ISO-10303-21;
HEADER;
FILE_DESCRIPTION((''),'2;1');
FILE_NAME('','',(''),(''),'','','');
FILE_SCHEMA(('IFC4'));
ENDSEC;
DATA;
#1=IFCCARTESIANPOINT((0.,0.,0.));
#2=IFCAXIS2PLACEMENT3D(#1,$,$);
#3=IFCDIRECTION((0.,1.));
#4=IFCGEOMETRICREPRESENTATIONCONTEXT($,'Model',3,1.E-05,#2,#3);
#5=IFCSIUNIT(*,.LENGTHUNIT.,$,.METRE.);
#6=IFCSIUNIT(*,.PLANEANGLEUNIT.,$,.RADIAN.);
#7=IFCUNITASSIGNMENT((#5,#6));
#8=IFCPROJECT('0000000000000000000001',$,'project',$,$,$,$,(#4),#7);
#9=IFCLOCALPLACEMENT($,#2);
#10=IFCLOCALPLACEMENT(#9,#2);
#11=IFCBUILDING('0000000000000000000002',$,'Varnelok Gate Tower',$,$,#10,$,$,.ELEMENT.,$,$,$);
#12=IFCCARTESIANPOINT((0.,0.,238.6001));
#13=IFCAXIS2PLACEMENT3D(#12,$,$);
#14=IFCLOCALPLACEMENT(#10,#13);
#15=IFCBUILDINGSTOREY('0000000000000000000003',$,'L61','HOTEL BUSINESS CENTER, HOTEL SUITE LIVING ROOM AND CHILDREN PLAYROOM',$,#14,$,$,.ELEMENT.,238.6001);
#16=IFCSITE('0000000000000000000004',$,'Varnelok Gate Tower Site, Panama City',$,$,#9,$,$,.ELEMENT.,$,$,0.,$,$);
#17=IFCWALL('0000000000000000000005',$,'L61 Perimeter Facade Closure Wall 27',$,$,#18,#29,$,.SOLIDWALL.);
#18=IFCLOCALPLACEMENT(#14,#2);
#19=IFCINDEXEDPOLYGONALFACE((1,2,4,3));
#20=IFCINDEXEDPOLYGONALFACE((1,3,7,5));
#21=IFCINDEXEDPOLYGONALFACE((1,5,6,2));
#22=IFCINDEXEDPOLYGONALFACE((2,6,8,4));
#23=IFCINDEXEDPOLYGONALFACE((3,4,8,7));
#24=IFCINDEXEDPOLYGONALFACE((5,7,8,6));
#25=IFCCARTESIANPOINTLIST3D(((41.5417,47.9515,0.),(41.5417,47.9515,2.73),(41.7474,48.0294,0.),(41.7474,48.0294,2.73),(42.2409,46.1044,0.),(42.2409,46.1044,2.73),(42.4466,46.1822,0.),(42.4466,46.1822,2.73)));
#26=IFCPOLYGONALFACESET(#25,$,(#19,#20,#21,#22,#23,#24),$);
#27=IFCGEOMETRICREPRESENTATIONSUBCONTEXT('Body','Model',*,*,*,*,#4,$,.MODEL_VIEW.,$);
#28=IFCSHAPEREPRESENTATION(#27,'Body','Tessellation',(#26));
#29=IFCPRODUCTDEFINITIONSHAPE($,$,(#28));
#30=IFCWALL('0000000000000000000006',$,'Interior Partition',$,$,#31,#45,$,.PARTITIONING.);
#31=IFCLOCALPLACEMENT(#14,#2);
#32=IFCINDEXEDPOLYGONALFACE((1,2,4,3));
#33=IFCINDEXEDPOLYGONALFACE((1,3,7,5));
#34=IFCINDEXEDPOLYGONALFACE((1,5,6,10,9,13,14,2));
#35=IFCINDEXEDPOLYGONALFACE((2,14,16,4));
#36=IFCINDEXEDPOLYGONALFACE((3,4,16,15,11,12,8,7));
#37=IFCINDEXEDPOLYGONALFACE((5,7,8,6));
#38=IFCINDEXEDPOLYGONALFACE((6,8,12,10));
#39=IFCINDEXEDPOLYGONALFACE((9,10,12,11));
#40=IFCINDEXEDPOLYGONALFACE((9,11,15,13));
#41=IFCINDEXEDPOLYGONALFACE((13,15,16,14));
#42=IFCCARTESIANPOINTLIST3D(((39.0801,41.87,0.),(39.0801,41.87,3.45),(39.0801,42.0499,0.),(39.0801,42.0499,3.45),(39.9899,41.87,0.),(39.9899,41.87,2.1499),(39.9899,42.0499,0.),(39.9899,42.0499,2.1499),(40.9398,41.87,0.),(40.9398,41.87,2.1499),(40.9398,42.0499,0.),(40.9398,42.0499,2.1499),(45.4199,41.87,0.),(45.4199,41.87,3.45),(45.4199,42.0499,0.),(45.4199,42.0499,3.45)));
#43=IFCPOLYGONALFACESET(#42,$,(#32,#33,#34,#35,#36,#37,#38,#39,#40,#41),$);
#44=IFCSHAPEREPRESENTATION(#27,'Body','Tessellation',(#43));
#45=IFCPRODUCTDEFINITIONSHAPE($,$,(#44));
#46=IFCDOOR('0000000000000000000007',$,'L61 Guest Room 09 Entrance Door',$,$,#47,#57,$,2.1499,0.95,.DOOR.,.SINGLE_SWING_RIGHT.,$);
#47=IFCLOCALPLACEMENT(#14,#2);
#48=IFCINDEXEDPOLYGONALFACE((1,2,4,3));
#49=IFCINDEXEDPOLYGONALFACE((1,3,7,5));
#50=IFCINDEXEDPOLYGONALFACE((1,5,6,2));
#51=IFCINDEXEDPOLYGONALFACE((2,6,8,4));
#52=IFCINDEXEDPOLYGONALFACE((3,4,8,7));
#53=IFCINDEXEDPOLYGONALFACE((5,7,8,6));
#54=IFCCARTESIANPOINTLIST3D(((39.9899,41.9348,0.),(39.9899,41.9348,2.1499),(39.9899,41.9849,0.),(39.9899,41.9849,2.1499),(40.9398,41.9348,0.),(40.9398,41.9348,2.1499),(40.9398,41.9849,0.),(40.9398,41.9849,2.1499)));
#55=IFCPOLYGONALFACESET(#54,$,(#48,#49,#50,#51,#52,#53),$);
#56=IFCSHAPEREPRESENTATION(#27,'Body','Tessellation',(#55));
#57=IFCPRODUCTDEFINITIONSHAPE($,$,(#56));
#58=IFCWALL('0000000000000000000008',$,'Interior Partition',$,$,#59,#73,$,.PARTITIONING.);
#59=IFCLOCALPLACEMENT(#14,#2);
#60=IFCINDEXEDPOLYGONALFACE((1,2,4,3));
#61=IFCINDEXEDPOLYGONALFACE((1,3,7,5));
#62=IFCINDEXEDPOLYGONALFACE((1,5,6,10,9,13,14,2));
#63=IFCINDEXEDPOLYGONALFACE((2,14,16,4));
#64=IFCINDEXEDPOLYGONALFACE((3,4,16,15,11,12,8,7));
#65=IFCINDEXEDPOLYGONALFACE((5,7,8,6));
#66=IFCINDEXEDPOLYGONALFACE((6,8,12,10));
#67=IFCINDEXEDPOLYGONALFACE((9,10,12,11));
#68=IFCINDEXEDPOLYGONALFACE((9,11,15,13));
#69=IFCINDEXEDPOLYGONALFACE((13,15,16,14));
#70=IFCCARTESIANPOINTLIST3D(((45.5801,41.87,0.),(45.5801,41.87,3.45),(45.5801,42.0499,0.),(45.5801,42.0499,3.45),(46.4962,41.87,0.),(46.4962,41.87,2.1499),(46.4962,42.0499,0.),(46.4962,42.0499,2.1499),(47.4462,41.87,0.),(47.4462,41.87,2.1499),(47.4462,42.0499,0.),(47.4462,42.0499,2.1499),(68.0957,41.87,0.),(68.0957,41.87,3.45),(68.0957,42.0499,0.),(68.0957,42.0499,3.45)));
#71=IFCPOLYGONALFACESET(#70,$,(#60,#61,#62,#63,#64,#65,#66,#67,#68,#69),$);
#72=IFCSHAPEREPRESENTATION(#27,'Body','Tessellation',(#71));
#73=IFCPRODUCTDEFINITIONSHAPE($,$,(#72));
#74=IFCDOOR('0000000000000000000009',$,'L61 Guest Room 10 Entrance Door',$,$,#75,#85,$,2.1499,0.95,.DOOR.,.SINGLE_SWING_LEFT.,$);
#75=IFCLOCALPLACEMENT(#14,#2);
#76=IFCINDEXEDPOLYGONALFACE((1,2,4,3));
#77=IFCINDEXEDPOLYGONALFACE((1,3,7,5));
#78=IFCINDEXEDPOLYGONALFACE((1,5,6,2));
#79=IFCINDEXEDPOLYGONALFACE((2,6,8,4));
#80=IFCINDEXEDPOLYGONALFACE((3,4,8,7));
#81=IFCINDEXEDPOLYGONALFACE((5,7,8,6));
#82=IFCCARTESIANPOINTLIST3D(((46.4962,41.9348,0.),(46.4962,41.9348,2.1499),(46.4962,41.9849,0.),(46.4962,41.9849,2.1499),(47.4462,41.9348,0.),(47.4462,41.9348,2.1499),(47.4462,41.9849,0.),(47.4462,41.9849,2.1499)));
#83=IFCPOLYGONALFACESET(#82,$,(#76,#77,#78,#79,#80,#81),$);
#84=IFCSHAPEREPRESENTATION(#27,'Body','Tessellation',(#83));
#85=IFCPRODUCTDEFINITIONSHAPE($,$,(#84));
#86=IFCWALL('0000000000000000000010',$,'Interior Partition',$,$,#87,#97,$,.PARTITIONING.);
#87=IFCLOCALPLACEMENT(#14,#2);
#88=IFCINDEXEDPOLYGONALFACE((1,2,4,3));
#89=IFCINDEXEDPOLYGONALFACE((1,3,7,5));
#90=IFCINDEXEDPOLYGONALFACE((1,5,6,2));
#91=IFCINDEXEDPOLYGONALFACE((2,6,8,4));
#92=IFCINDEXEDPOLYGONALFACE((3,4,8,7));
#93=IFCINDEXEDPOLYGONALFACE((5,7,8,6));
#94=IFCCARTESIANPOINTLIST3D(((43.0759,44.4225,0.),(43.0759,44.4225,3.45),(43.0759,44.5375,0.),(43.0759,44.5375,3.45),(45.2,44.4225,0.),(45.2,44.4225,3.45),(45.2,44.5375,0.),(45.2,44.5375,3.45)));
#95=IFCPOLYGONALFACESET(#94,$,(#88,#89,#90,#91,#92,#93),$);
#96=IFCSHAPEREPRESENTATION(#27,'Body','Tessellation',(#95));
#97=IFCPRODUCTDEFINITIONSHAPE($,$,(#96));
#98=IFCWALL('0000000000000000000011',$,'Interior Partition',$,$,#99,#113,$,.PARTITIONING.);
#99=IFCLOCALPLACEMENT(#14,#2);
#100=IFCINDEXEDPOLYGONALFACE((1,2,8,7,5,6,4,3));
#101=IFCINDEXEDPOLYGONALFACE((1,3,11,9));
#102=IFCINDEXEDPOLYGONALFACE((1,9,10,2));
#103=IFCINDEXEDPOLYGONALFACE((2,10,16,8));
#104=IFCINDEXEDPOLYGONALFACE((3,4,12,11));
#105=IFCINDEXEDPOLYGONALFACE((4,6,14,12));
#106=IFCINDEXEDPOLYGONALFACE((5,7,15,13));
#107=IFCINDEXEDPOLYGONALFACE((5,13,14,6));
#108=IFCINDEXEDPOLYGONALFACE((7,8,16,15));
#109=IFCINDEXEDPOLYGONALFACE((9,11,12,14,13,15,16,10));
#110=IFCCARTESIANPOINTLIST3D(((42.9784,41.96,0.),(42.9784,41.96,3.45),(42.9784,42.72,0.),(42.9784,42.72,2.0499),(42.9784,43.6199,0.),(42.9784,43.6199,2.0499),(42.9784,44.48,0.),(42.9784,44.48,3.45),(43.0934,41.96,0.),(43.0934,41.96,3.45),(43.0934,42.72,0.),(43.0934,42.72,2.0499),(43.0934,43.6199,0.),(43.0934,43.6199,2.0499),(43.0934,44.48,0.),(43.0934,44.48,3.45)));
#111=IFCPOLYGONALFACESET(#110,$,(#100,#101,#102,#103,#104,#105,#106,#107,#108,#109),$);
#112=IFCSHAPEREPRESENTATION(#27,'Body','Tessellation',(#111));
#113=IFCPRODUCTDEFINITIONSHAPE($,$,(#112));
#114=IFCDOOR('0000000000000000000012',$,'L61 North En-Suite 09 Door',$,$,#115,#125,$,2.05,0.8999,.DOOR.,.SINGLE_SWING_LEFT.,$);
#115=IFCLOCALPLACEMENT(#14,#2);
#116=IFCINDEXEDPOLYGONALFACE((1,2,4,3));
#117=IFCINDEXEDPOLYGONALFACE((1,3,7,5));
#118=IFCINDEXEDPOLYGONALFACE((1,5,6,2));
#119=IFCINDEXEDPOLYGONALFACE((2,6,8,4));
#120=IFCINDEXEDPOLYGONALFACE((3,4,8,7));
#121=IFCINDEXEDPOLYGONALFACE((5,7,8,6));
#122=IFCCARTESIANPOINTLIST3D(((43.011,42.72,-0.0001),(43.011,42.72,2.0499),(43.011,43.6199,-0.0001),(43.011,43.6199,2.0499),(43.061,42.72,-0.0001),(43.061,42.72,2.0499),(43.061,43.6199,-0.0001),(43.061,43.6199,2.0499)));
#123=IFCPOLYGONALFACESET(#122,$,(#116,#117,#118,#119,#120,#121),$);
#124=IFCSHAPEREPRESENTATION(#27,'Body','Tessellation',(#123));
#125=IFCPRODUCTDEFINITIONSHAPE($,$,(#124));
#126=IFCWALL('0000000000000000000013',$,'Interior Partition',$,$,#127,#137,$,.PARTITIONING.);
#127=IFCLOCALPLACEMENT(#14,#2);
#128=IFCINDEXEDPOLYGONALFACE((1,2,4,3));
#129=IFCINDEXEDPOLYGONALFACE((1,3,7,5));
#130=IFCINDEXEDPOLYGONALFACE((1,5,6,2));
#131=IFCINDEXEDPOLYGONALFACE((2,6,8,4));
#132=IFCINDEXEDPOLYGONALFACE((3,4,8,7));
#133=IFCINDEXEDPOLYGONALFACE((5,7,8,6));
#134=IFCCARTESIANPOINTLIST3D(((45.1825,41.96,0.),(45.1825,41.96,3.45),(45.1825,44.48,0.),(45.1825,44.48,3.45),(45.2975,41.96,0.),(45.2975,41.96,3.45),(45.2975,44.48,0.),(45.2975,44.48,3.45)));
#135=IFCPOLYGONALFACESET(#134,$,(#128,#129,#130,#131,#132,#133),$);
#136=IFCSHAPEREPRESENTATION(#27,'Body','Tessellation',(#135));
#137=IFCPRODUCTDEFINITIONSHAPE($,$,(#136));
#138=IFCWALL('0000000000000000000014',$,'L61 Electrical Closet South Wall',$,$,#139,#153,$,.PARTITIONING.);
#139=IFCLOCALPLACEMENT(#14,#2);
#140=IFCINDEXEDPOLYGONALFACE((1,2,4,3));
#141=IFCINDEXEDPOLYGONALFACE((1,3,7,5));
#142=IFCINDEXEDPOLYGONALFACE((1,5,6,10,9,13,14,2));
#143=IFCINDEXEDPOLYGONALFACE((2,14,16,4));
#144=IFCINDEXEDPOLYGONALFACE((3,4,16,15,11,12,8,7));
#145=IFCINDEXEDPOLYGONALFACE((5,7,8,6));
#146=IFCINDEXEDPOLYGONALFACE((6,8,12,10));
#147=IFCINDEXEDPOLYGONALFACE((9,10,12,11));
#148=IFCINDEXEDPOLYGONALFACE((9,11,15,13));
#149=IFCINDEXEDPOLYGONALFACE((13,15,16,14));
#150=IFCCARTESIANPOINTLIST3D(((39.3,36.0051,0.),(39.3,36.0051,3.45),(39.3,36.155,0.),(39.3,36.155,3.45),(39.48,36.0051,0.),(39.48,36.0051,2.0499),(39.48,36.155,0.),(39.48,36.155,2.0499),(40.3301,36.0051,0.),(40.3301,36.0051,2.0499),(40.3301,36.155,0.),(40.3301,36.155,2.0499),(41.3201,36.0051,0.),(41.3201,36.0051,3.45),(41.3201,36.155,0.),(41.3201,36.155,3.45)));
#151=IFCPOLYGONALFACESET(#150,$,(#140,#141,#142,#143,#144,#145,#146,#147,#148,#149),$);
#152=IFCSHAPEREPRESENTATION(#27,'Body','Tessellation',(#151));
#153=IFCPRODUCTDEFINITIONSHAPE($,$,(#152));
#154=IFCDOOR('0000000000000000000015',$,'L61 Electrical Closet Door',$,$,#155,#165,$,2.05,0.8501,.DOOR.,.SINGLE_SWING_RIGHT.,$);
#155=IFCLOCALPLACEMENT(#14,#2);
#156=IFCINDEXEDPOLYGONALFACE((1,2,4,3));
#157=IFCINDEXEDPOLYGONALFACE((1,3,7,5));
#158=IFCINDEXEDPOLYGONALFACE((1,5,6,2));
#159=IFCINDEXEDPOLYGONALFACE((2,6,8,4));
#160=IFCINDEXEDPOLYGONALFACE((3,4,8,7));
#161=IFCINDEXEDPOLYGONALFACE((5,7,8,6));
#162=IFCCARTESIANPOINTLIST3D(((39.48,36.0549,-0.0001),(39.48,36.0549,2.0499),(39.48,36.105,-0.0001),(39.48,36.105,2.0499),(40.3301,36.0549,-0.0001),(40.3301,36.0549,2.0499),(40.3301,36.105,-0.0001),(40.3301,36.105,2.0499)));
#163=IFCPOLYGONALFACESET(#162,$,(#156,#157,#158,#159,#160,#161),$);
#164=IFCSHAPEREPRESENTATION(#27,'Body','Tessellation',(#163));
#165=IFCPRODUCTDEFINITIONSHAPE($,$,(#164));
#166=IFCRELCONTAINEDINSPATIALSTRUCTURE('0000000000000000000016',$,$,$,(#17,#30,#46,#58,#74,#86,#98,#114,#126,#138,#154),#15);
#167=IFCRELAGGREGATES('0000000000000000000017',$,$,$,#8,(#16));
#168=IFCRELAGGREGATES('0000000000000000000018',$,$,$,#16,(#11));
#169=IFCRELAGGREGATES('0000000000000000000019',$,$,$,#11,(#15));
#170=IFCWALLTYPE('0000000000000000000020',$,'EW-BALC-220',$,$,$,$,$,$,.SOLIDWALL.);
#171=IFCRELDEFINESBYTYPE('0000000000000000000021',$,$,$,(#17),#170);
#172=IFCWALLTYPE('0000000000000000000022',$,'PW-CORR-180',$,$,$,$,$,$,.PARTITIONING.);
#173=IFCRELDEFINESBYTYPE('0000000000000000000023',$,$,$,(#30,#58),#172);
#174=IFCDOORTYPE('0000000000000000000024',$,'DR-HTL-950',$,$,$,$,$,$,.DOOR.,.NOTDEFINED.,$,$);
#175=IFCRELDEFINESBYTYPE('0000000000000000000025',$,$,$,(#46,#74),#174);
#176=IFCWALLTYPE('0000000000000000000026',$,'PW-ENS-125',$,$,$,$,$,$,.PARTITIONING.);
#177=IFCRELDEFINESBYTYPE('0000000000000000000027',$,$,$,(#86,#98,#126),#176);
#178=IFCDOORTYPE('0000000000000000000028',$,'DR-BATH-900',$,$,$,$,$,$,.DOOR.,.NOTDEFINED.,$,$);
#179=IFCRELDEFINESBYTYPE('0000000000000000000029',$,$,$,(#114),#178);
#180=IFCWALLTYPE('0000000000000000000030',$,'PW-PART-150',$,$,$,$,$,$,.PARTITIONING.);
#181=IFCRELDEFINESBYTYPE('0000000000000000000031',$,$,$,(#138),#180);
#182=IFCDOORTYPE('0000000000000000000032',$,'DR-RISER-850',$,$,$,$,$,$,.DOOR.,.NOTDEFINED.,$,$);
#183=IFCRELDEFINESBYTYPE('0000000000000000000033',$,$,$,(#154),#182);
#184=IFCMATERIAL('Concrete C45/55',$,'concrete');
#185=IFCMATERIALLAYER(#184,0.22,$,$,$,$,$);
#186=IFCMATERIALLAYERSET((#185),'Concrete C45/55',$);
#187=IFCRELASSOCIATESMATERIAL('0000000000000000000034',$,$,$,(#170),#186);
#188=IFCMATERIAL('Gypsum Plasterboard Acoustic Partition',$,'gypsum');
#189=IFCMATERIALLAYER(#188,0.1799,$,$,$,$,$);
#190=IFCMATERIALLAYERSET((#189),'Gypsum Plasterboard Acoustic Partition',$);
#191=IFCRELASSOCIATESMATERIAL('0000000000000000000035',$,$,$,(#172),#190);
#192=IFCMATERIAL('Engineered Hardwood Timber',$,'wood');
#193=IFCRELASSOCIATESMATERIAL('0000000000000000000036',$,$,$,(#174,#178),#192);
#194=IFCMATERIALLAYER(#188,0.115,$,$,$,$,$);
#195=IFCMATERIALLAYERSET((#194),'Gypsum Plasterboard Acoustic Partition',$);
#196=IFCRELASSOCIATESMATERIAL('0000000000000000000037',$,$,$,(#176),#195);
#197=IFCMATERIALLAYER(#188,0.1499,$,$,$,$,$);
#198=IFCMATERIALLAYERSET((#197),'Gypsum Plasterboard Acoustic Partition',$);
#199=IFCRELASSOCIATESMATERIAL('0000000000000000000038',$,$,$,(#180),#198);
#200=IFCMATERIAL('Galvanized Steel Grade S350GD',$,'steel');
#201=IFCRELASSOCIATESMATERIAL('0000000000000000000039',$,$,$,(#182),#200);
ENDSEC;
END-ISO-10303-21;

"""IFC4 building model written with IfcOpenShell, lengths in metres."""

from ifc_helpers import new_model, si_unit, direction, frame, frame_2d, origin, place, context, subcontext, project, spatial, rectangle, extrude, material, layer, layer_set, type_object, element, fill, save


model = new_model("IFC4")

# Units and contexts
model_context = context("Model", 3, precision=1e-05, world=origin(), true_north=direction((0.0, 1.0)))
body_context = subcontext(model_context, "Body", "Model", "MODEL_VIEW")
ifc_project = project(units=[si_unit("LENGTHUNIT", "METRE"), si_unit("PLANEANGLEUNIT", "RADIAN")], contexts=[model_context])

# Site, building, storey
site_placement = place(None, origin())
site = spatial("IfcSite", under=ifc_project, at=site_placement, Name="Varnelok Gate Tower Site, Panama City", CompositionType="ELEMENT", RefElevation=0.0)
building_placement = place(site_placement, origin())
building = spatial("IfcBuilding", under=site, at=building_placement, Name="Varnelok Gate Tower", CompositionType="ELEMENT")
storey_placement = place(building_placement, frame((0.0, 0.0, 238.6001)))
storey = spatial("IfcBuildingStorey", under=building, at=storey_placement, Name="L61", Description="HOTEL BUSINESS CENTER, HOTEL SUITE LIVING ROOM AND CHILDREN PLAYROOM", CompositionType="ELEMENT", Elevation=238.6001)

# Wall
ifc_material_1 = material(Name="Concrete C45/55", Category="concrete")
ifc_layer_1 = layer(ifc_material_1, 0.22)
ifc_layer_set_1 = layer_set([ifc_layer_1], Name="Concrete C45/55")
wall_type_1 = type_object("IfcWallType", Name="EW-BALC-220", PredefinedType="SOLIDWALL", material=ifc_layer_set_1)
wall_1_placement = place(storey_placement, frame((41.6445, 47.9905, 0.0), z_axis=(0.0, 0.0, 1.0), x_axis=(0.354021, -0.935238, 0.0)))
element("IfcWall", 1, at=wall_1_placement, inside=storey, type_object=wall_type_1, Name="L61 Perimeter Facade Closure Wall 27", PredefinedType="SOLIDWALL", context=body_context, shape_type="SweptSolid", body=[
    extrude(rectangle(XDim=1.9751, YDim=0.22, at=frame_2d((0.9875, 0.0))), origin(), (0.0, 0.0, 1.0), 2.73),
])

# Walls, openings, doors
ifc_material_2 = material(Name="Gypsum Plasterboard Acoustic Partition", Category="gypsum")
ifc_layer_2 = layer(ifc_material_2, 0.1799)
ifc_layer_set_2 = layer_set([ifc_layer_2], Name="Gypsum Plasterboard Acoustic Partition")
wall_type_2 = type_object("IfcWallType", Name="PW-CORR-180", PredefinedType="PARTITIONING", material=ifc_layer_set_2)
wall_2_placement = place(storey_placement, frame((39.0801, 41.96, 0.0), z_axis=(0.0, 0.0, 1.0), x_axis=(1.0, 0.0, 0.0)))
wall_2 = element("IfcWall", 2, at=wall_2_placement, inside=storey, type_object=wall_type_2, Name="Interior Partition", PredefinedType="PARTITIONING", context=body_context, shape_type="SweptSolid", body=[
    extrude(rectangle(XDim=6.3398, YDim=0.1799, at=frame_2d((3.1699, 0.0))), origin(), (0.0, 0.0, 1.0), 3.45),
])
opening_1_placement = place(wall_2_placement, frame((0.9097, 0.0, 0.0)))
opening_1 = element("IfcOpeningElement", 3, at=opening_1_placement, cuts=wall_2, PredefinedType="OPENING", context=body_context, shape_type="SweptSolid", body=[
    extrude(rectangle(XDim=0.95, YDim=2.1499, at=frame_2d((0.4751, 1.075))), frame((0.0, 0.0999, 0.0), z_axis=(0.0, -1.0, 0.0), x_axis=(1.0, 0.0, 0.0)), (0.0, 0.0, 1.0), 0.2),
])
ifc_material_3 = material(Name="Engineered Hardwood Timber", Category="wood")
door_type_1 = type_object("IfcDoorType", Name="DR-HTL-950", OperationType="NOTDEFINED", PredefinedType="DOOR", material=ifc_material_3)
door_1_placement = place(opening_1_placement, origin())
door_1 = element("IfcDoor", 4, at=door_1_placement, inside=storey, type_object=door_type_1, Name="L61 Guest Room 09 Entrance Door", OperationType="SINGLE_SWING_RIGHT", OverallHeight=2.1499, OverallWidth=0.95, PredefinedType="DOOR", context=body_context, shape_type="SweptSolid", body=[
    extrude(rectangle(XDim=0.95, YDim=2.1499, at=frame_2d((0.4751, 1.075))), frame((0.0, 0.0249, 0.0), z_axis=(0.0, -1.0, 0.0), x_axis=(1.0, 0.0, 0.0)), (0.0, 0.0, 1.0), 0.05),
])
fill(opening_1, door_1)
wall_3_placement = place(storey_placement, frame((45.5801, 41.96, 0.0), z_axis=(0.0, 0.0, 1.0), x_axis=(1.0, 0.0, 0.0)))
wall_3 = element("IfcWall", 5, at=wall_3_placement, inside=storey, type_object=wall_type_2, Name="Interior Partition", PredefinedType="PARTITIONING", context=body_context, shape_type="SweptSolid", body=[
    extrude(rectangle(XDim=22.5156, YDim=0.1799, at=frame_2d((11.2578, 0.0))), origin(), (0.0, 0.0, 1.0), 3.45),
])
opening_2_placement = place(wall_3_placement, frame((0.916, 0.0, 0.0)))
opening_2 = element("IfcOpeningElement", 6, at=opening_2_placement, cuts=wall_3, PredefinedType="OPENING", context=body_context, shape_type="SweptSolid", body=[
    extrude(rectangle(XDim=0.95, YDim=2.1499, at=frame_2d((0.4751, 1.075))), frame((0.0, 0.0999, 0.0), z_axis=(0.0, -1.0, 0.0), x_axis=(1.0, 0.0, 0.0)), (0.0, 0.0, 1.0), 0.2),
])
door_2_placement = place(opening_2_placement, origin())
door_2 = element("IfcDoor", 7, at=door_2_placement, inside=storey, type_object=door_type_1, Name="L61 Guest Room 10 Entrance Door", OperationType="SINGLE_SWING_LEFT", OverallHeight=2.1499, OverallWidth=0.95, PredefinedType="DOOR", context=body_context, shape_type="SweptSolid", body=[
    extrude(rectangle(XDim=0.95, YDim=2.1499, at=frame_2d((0.4751, 1.075))), frame((0.0, 0.0249, 0.0), z_axis=(0.0, -1.0, 0.0), x_axis=(1.0, 0.0, 0.0)), (0.0, 0.0, 1.0), 0.05),
])
fill(opening_2, door_2)

# Wall
ifc_layer_3 = layer(ifc_material_2, 0.115)
ifc_layer_set_3 = layer_set([ifc_layer_3], Name="Gypsum Plasterboard Acoustic Partition")
wall_type_3 = type_object("IfcWallType", Name="PW-ENS-125", PredefinedType="PARTITIONING", material=ifc_layer_set_3)
wall_4_placement = place(storey_placement, frame((43.0759, 44.48, 0.0), z_axis=(0.0, 0.0, 1.0), x_axis=(1.0, 0.0, 0.0)))
element("IfcWall", 8, at=wall_4_placement, inside=storey, type_object=wall_type_3, Name="Interior Partition", PredefinedType="PARTITIONING", context=body_context, shape_type="SweptSolid", body=[
    extrude(rectangle(XDim=2.124, YDim=0.115, at=frame_2d((1.062, 0.0))), origin(), (0.0, 0.0, 1.0), 3.45),
])

# Wall, opening, door
wall_5_placement = place(storey_placement, frame((43.0359, 41.96, 0.0), z_axis=(0.0, 0.0, 1.0), x_axis=(0.0, 1.0, 0.0)))
wall_5 = element("IfcWall", 9, at=wall_5_placement, inside=storey, type_object=wall_type_3, Name="Interior Partition", PredefinedType="PARTITIONING", context=body_context, shape_type="SweptSolid", body=[
    extrude(rectangle(XDim=2.52, YDim=0.115, at=frame_2d((1.26, 0.0))), origin(), (0.0, 0.0, 1.0), 3.45),
])
opening_3_placement = place(wall_5_placement, frame((0.76, 0.0, 0.0)))
opening_3 = element("IfcOpeningElement", 10, at=opening_3_placement, cuts=wall_5, PredefinedType="OPENING", context=body_context, shape_type="SweptSolid", body=[
    extrude(rectangle(XDim=0.8999, YDim=2.05, at=frame_2d((0.45, 1.0249))), frame((0.0, 0.0674, 0.0), z_axis=(0.0, -1.0, 0.0), x_axis=(1.0, 0.0, 0.0)), (0.0, 0.0, 1.0), 0.135),
])
door_type_2 = type_object("IfcDoorType", Name="DR-BATH-900", OperationType="NOTDEFINED", PredefinedType="DOOR", material=ifc_material_3)
door_3_placement = place(opening_3_placement, origin())
door_3 = element("IfcDoor", 11, at=door_3_placement, inside=storey, type_object=door_type_2, Name="L61 North En-Suite 09 Door", OperationType="SINGLE_SWING_LEFT", OverallHeight=2.05, OverallWidth=0.8999, PredefinedType="DOOR", context=body_context, shape_type="SweptSolid", body=[
    extrude(rectangle(XDim=0.8999, YDim=2.05, at=frame_2d((0.45, 1.0249))), frame((0.0, 0.0249, 0.0), z_axis=(0.0, -1.0, 0.0), x_axis=(1.0, 0.0, 0.0)), (0.0, 0.0, 1.0), 0.05),
])
fill(opening_3, door_3)

# Wall
wall_6_placement = place(storey_placement, frame((45.24, 41.96, 0.0), z_axis=(0.0, 0.0, 1.0), x_axis=(0.0, 1.0, 0.0)))
element("IfcWall", 12, at=wall_6_placement, inside=storey, type_object=wall_type_3, Name="Interior Partition", PredefinedType="PARTITIONING", context=body_context, shape_type="SweptSolid", body=[
    extrude(rectangle(XDim=2.52, YDim=0.115, at=frame_2d((1.26, 0.0))), origin(), (0.0, 0.0, 1.0), 3.45),
])

# Wall, opening, door
ifc_layer_4 = layer(ifc_material_2, 0.1499)
ifc_layer_set_4 = layer_set([ifc_layer_4], Name="Gypsum Plasterboard Acoustic Partition")
wall_type_4 = type_object("IfcWallType", Name="PW-PART-150", PredefinedType="PARTITIONING", material=ifc_layer_set_4)
wall_7_placement = place(storey_placement, frame((39.3, 36.0801, 0.0), z_axis=(0.0, 0.0, 1.0), x_axis=(1.0, 0.0, 0.0)))
wall_7 = element("IfcWall", 13, at=wall_7_placement, inside=storey, type_object=wall_type_4, Name="L61 Electrical Closet South Wall", PredefinedType="PARTITIONING", context=body_context, shape_type="SweptSolid", body=[
    extrude(rectangle(XDim=2.02, YDim=0.1499, at=frame_2d((1.01, 0.0))), origin(), (0.0, 0.0, 1.0), 3.45),
])
opening_4_placement = place(wall_7_placement, frame((0.1799, 0.0, 0.0)))
opening_4 = element("IfcOpeningElement", 14, at=opening_4_placement, cuts=wall_7, PredefinedType="OPENING", context=body_context, shape_type="SweptSolid", body=[
    extrude(rectangle(XDim=0.8501, YDim=2.05, at=frame_2d((0.425, 1.0249))), frame((0.0, 0.085, 0.0), z_axis=(0.0, -1.0, 0.0), x_axis=(1.0, 0.0, 0.0)), (0.0, 0.0, 1.0), 0.1699),
])
ifc_material_4 = material(Name="Galvanized Steel Grade S350GD", Category="steel")
door_type_3 = type_object("IfcDoorType", Name="DR-RISER-850", OperationType="NOTDEFINED", PredefinedType="DOOR", material=ifc_material_4)
door_4_placement = place(opening_4_placement, origin())
door_4 = element("IfcDoor", 15, at=door_4_placement, inside=storey, type_object=door_type_3, Name="L61 Electrical Closet Door", OperationType="SINGLE_SWING_RIGHT", OverallHeight=2.05, OverallWidth=0.8501, PredefinedType="DOOR", context=body_context, shape_type="SweptSolid", body=[
    extrude(rectangle(XDim=0.8501, YDim=2.05, at=frame_2d((0.425, 1.0249))), frame((0.0, 0.0249, 0.0), z_axis=(0.0, -1.0, 0.0), x_axis=(1.0, 0.0, 0.0)), (0.0, 0.0, 1.0), 0.05),
])
fill(opening_4, door_4)

save(model, "model.ifc")
